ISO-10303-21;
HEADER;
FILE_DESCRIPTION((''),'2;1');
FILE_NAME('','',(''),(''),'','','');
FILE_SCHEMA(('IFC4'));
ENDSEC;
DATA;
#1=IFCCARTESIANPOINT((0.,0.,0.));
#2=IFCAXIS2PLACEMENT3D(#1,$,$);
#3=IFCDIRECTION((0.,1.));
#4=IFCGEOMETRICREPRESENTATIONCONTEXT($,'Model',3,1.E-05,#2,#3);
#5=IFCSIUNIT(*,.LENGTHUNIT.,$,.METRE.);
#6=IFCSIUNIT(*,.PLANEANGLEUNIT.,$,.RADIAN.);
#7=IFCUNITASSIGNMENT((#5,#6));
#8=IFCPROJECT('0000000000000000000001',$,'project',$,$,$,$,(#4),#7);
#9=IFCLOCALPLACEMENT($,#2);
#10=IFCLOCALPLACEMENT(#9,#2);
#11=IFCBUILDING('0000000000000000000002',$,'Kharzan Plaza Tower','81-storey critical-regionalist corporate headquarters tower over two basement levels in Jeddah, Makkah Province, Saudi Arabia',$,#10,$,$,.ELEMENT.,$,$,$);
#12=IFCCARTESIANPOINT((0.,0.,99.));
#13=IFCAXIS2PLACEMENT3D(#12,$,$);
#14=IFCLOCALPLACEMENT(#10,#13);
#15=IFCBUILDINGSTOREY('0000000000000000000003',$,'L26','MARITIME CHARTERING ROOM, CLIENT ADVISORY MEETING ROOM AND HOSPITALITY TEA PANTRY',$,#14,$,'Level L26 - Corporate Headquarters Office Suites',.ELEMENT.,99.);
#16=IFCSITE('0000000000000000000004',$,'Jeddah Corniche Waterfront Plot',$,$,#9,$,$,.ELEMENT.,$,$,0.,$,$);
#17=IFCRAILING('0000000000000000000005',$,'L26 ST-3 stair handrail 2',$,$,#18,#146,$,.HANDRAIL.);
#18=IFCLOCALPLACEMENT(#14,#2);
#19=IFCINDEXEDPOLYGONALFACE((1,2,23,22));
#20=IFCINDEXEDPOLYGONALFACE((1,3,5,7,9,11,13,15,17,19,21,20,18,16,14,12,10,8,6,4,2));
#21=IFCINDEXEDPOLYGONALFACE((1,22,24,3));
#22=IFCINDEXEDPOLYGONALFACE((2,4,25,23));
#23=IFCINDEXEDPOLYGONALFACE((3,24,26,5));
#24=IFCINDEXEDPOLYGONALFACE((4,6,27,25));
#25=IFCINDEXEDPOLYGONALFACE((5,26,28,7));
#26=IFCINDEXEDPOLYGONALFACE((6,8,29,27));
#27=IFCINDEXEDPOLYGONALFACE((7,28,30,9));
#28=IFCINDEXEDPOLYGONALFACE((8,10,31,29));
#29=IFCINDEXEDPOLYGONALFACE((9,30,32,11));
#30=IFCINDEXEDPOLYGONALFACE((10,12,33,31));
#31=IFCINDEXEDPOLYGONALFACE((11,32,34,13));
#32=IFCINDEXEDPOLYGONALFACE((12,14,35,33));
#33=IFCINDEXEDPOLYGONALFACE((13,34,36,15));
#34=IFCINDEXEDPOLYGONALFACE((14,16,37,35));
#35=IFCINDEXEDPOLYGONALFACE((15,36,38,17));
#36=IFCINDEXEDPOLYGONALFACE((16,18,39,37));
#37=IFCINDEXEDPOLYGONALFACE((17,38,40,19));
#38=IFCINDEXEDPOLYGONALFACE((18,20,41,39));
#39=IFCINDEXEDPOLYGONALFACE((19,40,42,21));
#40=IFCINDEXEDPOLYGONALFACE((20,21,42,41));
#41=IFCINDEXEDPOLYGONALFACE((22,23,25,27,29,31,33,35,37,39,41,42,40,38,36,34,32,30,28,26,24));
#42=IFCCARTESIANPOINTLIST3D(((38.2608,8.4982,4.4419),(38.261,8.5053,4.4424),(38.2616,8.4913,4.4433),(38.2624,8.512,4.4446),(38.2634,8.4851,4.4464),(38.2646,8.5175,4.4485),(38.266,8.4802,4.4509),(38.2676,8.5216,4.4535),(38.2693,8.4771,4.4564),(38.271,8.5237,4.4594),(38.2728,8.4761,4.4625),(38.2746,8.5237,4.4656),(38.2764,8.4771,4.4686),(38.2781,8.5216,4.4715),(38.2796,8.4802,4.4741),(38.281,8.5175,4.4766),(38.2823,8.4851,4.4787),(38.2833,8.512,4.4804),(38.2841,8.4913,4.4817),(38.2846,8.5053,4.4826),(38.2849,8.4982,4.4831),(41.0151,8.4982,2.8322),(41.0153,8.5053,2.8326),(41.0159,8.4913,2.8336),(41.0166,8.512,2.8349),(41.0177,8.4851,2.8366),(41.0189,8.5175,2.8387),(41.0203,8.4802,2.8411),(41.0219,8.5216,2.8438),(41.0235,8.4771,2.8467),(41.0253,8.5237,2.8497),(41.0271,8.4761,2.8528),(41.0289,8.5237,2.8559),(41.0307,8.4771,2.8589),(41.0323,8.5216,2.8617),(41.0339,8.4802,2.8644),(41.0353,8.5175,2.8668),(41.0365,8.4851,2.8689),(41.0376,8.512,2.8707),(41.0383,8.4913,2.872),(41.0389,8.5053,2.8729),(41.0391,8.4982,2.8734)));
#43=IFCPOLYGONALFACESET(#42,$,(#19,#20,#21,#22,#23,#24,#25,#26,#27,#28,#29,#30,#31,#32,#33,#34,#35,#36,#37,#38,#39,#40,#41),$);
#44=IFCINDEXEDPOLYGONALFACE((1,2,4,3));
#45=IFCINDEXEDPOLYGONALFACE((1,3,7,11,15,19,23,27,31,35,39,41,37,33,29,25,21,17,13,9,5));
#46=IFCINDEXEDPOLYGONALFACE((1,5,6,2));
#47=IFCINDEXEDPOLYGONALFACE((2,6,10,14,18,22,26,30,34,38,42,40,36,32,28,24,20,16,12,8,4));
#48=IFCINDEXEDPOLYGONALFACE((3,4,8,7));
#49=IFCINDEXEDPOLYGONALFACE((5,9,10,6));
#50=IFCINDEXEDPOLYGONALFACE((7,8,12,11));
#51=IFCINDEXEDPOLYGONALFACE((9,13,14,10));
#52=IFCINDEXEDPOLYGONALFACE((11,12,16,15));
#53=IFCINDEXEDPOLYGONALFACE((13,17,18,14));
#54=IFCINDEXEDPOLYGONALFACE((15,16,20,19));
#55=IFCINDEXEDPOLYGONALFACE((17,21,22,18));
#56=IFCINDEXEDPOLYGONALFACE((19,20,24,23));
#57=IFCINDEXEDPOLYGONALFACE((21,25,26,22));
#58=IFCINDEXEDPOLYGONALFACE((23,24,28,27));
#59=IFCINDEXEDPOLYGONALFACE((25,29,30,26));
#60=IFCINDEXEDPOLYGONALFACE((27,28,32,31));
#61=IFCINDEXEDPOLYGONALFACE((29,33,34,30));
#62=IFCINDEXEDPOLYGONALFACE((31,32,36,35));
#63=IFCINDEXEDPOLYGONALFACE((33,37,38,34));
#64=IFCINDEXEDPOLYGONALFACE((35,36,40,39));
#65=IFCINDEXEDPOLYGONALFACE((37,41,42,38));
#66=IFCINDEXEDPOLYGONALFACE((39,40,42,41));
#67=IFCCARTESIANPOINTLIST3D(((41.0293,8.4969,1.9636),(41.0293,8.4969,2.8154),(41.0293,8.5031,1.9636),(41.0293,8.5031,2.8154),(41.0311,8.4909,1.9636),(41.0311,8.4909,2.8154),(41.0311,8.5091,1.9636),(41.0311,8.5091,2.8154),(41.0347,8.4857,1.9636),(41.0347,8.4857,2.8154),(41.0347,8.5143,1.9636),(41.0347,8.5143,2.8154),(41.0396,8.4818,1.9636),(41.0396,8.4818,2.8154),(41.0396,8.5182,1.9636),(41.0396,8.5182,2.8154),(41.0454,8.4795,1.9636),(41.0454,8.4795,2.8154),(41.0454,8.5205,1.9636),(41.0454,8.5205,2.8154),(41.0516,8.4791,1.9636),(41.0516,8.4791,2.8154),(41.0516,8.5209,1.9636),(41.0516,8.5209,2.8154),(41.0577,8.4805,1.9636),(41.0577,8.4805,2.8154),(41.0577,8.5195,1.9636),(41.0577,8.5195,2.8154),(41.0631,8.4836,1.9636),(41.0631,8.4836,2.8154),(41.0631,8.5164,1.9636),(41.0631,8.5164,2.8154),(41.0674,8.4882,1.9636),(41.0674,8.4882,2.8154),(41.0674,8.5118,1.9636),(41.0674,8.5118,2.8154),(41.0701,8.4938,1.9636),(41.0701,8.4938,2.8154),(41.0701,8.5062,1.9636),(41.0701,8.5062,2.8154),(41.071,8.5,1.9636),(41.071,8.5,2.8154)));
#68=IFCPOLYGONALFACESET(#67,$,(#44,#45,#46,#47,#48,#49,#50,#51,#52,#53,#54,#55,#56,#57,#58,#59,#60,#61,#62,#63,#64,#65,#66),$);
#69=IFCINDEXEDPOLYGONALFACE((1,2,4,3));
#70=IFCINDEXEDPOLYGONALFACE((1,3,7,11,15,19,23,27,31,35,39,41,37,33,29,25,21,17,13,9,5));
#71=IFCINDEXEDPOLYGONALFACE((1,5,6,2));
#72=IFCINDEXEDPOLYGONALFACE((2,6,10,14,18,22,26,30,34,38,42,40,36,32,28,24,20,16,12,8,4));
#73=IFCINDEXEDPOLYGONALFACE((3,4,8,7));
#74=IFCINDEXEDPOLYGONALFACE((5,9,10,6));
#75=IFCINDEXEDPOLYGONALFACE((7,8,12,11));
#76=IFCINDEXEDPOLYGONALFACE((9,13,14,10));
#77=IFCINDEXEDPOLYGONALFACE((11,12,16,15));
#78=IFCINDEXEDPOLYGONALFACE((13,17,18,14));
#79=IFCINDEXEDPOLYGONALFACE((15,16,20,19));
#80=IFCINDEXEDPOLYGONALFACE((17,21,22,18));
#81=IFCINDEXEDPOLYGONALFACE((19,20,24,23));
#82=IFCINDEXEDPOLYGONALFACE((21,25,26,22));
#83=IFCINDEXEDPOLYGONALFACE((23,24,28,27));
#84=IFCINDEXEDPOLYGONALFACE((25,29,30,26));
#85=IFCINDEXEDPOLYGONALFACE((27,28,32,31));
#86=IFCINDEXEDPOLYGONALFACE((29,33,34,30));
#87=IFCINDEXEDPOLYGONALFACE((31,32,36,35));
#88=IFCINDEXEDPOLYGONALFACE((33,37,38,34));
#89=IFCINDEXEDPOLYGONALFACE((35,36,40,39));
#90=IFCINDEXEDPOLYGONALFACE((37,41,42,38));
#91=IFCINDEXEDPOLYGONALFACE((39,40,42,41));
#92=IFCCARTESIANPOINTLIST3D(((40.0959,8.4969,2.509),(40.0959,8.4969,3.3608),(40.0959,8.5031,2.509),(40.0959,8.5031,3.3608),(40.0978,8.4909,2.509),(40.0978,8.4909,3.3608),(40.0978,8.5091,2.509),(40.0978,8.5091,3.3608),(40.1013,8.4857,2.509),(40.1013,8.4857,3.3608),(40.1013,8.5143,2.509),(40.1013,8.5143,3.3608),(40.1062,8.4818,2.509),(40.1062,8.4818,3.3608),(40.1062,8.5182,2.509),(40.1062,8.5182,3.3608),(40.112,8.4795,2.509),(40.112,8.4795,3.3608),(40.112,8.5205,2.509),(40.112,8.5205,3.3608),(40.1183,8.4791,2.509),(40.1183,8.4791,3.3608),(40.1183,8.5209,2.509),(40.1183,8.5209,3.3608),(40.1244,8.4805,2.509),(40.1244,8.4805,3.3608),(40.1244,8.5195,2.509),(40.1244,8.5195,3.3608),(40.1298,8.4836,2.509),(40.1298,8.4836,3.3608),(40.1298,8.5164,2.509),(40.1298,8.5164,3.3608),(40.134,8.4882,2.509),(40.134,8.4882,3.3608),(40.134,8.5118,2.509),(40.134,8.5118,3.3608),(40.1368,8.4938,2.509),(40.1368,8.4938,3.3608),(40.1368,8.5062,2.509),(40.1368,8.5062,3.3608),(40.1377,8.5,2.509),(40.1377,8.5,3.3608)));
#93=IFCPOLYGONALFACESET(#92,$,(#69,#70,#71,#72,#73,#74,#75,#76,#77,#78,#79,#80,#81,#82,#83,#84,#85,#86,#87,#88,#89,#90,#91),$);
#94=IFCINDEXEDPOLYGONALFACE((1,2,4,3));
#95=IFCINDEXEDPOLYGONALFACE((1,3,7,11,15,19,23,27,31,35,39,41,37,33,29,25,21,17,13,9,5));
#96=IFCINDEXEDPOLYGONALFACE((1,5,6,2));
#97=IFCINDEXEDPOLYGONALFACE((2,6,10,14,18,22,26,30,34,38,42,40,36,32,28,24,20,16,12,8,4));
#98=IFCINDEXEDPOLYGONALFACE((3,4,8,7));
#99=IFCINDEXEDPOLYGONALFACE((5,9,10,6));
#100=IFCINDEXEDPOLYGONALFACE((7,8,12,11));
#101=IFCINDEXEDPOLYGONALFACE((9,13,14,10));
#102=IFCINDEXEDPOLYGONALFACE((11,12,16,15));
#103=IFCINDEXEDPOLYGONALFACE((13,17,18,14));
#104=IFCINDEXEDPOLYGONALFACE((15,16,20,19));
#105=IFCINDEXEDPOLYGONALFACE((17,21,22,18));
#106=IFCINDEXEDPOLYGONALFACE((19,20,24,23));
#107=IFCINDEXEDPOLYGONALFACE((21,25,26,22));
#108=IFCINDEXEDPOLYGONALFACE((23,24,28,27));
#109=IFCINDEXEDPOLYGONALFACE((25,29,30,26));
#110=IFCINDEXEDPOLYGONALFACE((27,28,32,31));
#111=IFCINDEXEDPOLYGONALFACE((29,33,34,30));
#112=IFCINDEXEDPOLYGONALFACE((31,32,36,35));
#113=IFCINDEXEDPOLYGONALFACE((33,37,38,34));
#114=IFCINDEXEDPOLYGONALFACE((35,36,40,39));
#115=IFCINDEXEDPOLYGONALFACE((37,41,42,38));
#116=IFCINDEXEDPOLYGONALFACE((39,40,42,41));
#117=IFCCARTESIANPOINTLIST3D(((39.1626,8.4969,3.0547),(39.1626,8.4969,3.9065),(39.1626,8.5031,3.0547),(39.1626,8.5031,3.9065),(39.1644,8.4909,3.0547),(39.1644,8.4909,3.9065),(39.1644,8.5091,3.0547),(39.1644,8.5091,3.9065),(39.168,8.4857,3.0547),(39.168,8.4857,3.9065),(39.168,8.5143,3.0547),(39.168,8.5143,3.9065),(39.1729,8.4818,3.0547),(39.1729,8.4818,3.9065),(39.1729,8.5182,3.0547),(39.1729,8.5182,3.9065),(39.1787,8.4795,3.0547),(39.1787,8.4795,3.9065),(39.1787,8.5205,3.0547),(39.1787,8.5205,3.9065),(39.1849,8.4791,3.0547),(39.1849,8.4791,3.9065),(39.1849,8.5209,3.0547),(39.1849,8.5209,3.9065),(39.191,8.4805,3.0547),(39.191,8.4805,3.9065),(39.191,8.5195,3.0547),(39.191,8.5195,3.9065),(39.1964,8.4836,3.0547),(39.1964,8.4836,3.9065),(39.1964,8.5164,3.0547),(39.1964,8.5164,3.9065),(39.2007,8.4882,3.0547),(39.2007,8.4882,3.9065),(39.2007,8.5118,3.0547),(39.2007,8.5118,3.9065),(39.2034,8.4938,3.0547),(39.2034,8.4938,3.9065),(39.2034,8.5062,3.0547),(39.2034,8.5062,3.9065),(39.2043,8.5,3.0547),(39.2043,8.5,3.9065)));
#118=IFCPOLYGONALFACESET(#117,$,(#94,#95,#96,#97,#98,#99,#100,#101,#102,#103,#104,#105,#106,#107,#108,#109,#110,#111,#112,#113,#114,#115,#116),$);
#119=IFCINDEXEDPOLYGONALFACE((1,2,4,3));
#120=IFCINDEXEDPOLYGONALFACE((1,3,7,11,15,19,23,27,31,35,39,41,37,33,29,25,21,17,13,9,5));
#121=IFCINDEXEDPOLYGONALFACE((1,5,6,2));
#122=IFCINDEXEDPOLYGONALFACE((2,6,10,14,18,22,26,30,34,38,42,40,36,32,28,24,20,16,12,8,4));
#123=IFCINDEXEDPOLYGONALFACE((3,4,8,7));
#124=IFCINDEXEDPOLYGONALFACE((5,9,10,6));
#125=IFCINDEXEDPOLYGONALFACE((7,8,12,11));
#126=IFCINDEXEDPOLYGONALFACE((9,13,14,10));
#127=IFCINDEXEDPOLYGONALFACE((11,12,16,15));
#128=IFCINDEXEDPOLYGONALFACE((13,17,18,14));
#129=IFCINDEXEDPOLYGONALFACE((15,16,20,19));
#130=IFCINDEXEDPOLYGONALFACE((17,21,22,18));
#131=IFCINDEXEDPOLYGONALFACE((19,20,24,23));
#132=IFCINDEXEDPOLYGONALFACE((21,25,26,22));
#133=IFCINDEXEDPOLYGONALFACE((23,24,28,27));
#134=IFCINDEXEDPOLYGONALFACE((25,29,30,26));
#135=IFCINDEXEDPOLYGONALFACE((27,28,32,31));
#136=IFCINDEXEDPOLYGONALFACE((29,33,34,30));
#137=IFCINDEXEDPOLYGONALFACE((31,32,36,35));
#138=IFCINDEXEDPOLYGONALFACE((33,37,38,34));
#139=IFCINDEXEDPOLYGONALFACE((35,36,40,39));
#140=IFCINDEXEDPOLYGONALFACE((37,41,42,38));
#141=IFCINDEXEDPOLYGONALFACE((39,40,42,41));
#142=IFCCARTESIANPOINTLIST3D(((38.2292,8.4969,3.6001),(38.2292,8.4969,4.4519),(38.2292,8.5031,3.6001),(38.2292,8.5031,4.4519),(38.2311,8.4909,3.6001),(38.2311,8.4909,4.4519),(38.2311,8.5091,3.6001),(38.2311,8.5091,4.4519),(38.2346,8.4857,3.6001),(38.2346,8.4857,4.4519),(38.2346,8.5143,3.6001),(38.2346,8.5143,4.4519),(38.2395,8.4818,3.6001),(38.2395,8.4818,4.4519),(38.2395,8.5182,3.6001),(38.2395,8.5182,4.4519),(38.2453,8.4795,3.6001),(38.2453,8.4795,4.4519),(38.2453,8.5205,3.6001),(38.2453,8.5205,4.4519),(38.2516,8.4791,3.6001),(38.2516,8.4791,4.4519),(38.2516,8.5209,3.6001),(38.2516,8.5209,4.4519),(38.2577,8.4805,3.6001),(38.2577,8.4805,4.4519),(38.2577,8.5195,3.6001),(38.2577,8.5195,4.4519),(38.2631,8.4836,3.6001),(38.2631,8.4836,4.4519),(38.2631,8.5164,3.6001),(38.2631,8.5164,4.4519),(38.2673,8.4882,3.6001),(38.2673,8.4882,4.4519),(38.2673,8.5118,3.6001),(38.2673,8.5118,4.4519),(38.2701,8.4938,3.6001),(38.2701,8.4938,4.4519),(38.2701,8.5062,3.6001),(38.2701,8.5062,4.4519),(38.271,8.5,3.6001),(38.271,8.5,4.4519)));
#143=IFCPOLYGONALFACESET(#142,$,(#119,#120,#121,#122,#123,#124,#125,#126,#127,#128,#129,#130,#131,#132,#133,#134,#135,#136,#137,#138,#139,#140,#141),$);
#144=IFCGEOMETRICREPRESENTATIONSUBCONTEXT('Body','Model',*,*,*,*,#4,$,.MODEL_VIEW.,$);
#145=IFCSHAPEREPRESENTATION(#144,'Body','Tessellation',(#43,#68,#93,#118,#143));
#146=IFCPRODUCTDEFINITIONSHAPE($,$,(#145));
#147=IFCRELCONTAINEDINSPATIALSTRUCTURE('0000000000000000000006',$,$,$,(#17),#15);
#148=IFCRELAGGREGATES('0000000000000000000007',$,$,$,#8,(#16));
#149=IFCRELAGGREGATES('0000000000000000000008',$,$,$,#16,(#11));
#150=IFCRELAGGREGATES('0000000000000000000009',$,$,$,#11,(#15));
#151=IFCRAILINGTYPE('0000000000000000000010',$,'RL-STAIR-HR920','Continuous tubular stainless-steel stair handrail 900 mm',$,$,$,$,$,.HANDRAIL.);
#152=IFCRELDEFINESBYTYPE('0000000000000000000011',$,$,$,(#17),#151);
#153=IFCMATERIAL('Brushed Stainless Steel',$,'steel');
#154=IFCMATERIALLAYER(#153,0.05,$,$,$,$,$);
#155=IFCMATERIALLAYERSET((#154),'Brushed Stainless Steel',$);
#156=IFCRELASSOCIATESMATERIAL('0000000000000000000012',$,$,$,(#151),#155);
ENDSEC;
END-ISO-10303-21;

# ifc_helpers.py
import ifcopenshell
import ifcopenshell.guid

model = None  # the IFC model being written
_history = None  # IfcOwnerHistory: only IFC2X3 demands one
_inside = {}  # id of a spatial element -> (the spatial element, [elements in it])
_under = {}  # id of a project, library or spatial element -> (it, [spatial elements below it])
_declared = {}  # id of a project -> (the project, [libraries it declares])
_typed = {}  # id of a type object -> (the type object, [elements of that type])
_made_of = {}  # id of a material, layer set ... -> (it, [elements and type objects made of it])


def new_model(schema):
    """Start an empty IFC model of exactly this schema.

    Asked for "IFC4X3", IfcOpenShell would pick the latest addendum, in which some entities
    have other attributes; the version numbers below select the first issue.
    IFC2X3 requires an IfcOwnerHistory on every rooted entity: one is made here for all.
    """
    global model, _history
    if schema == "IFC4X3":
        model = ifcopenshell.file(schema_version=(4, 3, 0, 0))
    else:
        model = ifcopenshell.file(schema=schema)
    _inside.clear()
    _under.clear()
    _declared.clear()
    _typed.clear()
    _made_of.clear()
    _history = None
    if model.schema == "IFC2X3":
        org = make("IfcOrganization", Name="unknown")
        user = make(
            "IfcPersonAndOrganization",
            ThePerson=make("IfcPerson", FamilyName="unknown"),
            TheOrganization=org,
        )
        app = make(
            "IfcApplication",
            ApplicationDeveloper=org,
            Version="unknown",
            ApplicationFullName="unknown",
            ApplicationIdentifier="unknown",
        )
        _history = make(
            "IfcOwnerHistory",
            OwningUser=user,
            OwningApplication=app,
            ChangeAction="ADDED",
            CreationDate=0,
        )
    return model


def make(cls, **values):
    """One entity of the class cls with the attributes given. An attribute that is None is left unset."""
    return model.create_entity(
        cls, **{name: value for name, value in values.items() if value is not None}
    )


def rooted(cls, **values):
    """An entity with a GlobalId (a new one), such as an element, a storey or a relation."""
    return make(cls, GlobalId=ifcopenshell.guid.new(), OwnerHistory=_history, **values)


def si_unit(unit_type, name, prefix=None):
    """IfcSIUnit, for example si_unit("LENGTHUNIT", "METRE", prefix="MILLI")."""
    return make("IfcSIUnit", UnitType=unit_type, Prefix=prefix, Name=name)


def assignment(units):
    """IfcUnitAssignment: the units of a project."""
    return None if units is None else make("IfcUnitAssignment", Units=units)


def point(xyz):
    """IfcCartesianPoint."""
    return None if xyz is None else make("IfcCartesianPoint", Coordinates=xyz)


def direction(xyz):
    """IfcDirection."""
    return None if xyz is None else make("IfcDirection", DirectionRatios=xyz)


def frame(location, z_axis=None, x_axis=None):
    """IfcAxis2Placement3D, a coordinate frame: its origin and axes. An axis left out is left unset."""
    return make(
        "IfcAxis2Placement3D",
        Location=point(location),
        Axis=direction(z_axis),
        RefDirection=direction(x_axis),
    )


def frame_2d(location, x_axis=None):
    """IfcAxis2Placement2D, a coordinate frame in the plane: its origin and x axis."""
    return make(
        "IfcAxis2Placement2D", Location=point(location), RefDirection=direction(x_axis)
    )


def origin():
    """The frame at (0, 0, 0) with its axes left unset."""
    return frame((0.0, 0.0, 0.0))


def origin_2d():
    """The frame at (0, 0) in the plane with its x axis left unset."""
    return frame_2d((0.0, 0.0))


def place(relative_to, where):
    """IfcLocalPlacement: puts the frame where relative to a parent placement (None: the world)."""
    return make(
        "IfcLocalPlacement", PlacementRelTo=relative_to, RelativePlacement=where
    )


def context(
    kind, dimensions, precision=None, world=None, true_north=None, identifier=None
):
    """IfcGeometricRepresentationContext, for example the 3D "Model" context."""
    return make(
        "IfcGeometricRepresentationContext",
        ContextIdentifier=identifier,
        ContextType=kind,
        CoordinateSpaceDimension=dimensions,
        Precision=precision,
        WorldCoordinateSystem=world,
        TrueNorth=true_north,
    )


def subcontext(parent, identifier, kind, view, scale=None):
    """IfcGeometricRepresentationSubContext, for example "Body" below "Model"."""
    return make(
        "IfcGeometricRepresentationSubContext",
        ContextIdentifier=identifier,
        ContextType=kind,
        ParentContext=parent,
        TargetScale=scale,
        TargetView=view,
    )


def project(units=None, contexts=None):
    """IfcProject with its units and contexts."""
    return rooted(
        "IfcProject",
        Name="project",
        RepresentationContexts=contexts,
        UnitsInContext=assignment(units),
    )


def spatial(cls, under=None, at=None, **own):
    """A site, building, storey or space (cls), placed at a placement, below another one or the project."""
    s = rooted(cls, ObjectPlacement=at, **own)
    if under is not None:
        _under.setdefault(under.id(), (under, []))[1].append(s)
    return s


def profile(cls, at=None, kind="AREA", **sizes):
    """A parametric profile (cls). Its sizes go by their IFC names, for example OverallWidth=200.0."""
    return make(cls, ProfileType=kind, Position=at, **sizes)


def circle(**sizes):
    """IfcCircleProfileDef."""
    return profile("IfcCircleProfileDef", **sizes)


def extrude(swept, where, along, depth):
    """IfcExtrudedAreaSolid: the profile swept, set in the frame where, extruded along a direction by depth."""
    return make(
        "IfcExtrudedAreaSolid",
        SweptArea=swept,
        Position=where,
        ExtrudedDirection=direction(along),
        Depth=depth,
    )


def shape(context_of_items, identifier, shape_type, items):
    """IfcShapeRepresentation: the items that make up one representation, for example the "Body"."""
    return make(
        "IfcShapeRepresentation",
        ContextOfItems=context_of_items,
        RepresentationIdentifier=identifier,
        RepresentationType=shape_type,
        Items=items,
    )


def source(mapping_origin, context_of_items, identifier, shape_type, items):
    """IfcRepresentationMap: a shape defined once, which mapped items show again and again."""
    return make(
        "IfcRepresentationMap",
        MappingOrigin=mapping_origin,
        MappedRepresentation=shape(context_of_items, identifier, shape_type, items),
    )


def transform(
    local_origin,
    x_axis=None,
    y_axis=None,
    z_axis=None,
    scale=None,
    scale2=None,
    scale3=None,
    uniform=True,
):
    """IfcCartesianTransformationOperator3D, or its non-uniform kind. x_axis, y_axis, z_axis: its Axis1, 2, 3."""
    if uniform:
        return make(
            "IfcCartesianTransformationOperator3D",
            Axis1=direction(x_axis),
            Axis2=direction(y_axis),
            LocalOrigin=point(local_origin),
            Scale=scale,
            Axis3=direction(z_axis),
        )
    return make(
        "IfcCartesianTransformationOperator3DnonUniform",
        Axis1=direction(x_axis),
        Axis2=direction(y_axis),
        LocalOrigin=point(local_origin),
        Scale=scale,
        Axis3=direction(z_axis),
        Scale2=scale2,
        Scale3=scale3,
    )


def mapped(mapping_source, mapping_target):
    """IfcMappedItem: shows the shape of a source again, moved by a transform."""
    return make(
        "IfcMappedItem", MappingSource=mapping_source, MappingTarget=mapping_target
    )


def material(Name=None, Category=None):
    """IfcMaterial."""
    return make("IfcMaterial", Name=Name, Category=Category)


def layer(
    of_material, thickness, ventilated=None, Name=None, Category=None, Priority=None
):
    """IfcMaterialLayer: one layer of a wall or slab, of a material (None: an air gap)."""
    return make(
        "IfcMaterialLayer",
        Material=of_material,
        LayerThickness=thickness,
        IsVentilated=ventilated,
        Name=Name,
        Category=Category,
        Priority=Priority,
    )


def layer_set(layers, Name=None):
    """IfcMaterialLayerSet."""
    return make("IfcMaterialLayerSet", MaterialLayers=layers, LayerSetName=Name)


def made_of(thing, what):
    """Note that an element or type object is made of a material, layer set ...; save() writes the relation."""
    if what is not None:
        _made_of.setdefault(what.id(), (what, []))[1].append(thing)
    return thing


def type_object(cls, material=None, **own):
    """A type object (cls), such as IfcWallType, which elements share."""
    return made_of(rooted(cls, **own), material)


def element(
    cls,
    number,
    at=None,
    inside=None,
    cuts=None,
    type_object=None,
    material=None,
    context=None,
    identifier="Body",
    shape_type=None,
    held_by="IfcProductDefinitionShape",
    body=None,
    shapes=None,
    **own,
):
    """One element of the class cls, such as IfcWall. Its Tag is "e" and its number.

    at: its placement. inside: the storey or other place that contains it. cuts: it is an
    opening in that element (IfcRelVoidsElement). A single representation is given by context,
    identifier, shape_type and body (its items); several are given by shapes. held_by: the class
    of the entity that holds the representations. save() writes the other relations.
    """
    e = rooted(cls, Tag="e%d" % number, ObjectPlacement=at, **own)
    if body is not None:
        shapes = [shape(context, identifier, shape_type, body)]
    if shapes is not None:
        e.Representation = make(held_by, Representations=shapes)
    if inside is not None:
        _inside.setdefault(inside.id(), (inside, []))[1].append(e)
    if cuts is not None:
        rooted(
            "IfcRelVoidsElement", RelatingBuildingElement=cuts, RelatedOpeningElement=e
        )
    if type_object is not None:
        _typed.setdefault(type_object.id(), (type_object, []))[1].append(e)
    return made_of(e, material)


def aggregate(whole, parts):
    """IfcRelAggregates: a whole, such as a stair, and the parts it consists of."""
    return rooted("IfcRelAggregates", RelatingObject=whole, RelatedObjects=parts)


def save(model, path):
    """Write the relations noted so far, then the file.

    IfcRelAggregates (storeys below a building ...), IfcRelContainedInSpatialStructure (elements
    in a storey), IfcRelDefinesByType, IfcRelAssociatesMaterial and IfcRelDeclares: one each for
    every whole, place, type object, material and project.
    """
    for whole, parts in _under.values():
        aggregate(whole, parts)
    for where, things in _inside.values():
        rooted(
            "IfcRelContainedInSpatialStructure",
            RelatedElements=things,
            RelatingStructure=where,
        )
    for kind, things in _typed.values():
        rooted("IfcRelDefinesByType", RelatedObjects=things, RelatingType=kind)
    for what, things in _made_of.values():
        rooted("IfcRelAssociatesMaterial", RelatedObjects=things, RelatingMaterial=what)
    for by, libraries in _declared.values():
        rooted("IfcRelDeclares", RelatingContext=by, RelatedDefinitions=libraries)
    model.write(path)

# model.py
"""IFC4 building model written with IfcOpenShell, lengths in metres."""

from ifc_helpers import new_model, si_unit, direction, frame, origin, origin_2d, place, context, subcontext, project, spatial, circle, extrude, source, transform, mapped, material, layer, layer_set, type_object, element, save


model = new_model("IFC4")

# Units and contexts
model_context = context("Model", 3, precision=1e-05, world=origin(), true_north=direction((0.0, 1.0)))
body_context = subcontext(model_context, "Body", "Model", "MODEL_VIEW")
ifc_project = project(units=[si_unit("LENGTHUNIT", "METRE"), si_unit("PLANEANGLEUNIT", "RADIAN")], contexts=[model_context])

# Site, building, storey
site_placement = place(None, origin())
site = spatial("IfcSite", under=ifc_project, at=site_placement, Name="Jeddah Corniche Waterfront Plot", CompositionType="ELEMENT", RefElevation=0.0)
building_placement = place(site_placement, origin())
building = spatial("IfcBuilding", under=site, at=building_placement, Name="Kharzan Plaza Tower", Description="81-storey critical-regionalist corporate headquarters tower over two basement levels in Jeddah, Makkah Province, Saudi Arabia", CompositionType="ELEMENT")
storey_placement = place(building_placement, frame((0.0, 0.0, 99.0)))
storey = spatial("IfcBuildingStorey", under=building, at=storey_placement, Name="L26", Description="MARITIME CHARTERING ROOM, CLIENT ADVISORY MEETING ROOM AND HOSPITALITY TEA PANTRY", LongName="Level L26 - Corporate Headquarters Office Suites", CompositionType="ELEMENT", Elevation=99.0)

# Shared definitions
ifc_material_1 = material(Name="Brushed Stainless Steel", Category="steel")

# Railing
ifc_layer_1 = layer(ifc_material_1, 0.05)
ifc_layer_set_1 = layer_set([ifc_layer_1], Name="Brushed Stainless Steel")
railing_type_1 = type_object("IfcRailingType", Name="RL-STAIR-HR920", Description="Continuous tubular stainless-steel stair handrail 900 mm", PredefinedType="HANDRAIL", material=ifc_layer_set_1)
shared_shape_1 = source(origin(), body_context, "Body", "SweptSolid", [
    extrude(circle(Radius=0.0239, at=origin_2d()), frame((-0.0229, 0.0, 0.8892), z_axis=(-0.863361, 0.0, 0.504587), x_axis=(0.0, -1.0, 0.0)), (0.0, 0.0, 1.0), 3.1902),
    extrude(circle(Radius=0.021, at=origin_2d()), origin(), (0.0, 0.0, 1.0), 0.8518),
    extrude(circle(Radius=0.021, at=origin_2d()), frame((-0.9333, 0.0, 0.5454)), (0.0, 0.0, 1.0), 0.8518),
    extrude(circle(Radius=0.021, at=origin_2d()), frame((-1.8667, 0.0, 1.0911)), (0.0, 0.0, 1.0), 0.8518),
    extrude(circle(Radius=0.021, at=origin_2d()), frame((-2.8, 0.0, 1.6365)), (0.0, 0.0, 1.0), 0.8518),
])
railing_1_placement = place(storey_placement, frame((41.05, 8.5, 1.9636)))
element("IfcRailing", 1, at=railing_1_placement, inside=storey, type_object=railing_type_1, Name="L26 ST-3 stair handrail 2", PredefinedType="HANDRAIL", context=body_context, shape_type="MappedRepresentation", body=[
    mapped(shared_shape_1, transform((0.0, 0.0, 0.0), x_axis=(1.0, 0.0, 0.0), y_axis=(0.0, 1.0, 0.0), z_axis=(0.0, 0.0, 1.0))),
])

save(model, "model.ifc")
